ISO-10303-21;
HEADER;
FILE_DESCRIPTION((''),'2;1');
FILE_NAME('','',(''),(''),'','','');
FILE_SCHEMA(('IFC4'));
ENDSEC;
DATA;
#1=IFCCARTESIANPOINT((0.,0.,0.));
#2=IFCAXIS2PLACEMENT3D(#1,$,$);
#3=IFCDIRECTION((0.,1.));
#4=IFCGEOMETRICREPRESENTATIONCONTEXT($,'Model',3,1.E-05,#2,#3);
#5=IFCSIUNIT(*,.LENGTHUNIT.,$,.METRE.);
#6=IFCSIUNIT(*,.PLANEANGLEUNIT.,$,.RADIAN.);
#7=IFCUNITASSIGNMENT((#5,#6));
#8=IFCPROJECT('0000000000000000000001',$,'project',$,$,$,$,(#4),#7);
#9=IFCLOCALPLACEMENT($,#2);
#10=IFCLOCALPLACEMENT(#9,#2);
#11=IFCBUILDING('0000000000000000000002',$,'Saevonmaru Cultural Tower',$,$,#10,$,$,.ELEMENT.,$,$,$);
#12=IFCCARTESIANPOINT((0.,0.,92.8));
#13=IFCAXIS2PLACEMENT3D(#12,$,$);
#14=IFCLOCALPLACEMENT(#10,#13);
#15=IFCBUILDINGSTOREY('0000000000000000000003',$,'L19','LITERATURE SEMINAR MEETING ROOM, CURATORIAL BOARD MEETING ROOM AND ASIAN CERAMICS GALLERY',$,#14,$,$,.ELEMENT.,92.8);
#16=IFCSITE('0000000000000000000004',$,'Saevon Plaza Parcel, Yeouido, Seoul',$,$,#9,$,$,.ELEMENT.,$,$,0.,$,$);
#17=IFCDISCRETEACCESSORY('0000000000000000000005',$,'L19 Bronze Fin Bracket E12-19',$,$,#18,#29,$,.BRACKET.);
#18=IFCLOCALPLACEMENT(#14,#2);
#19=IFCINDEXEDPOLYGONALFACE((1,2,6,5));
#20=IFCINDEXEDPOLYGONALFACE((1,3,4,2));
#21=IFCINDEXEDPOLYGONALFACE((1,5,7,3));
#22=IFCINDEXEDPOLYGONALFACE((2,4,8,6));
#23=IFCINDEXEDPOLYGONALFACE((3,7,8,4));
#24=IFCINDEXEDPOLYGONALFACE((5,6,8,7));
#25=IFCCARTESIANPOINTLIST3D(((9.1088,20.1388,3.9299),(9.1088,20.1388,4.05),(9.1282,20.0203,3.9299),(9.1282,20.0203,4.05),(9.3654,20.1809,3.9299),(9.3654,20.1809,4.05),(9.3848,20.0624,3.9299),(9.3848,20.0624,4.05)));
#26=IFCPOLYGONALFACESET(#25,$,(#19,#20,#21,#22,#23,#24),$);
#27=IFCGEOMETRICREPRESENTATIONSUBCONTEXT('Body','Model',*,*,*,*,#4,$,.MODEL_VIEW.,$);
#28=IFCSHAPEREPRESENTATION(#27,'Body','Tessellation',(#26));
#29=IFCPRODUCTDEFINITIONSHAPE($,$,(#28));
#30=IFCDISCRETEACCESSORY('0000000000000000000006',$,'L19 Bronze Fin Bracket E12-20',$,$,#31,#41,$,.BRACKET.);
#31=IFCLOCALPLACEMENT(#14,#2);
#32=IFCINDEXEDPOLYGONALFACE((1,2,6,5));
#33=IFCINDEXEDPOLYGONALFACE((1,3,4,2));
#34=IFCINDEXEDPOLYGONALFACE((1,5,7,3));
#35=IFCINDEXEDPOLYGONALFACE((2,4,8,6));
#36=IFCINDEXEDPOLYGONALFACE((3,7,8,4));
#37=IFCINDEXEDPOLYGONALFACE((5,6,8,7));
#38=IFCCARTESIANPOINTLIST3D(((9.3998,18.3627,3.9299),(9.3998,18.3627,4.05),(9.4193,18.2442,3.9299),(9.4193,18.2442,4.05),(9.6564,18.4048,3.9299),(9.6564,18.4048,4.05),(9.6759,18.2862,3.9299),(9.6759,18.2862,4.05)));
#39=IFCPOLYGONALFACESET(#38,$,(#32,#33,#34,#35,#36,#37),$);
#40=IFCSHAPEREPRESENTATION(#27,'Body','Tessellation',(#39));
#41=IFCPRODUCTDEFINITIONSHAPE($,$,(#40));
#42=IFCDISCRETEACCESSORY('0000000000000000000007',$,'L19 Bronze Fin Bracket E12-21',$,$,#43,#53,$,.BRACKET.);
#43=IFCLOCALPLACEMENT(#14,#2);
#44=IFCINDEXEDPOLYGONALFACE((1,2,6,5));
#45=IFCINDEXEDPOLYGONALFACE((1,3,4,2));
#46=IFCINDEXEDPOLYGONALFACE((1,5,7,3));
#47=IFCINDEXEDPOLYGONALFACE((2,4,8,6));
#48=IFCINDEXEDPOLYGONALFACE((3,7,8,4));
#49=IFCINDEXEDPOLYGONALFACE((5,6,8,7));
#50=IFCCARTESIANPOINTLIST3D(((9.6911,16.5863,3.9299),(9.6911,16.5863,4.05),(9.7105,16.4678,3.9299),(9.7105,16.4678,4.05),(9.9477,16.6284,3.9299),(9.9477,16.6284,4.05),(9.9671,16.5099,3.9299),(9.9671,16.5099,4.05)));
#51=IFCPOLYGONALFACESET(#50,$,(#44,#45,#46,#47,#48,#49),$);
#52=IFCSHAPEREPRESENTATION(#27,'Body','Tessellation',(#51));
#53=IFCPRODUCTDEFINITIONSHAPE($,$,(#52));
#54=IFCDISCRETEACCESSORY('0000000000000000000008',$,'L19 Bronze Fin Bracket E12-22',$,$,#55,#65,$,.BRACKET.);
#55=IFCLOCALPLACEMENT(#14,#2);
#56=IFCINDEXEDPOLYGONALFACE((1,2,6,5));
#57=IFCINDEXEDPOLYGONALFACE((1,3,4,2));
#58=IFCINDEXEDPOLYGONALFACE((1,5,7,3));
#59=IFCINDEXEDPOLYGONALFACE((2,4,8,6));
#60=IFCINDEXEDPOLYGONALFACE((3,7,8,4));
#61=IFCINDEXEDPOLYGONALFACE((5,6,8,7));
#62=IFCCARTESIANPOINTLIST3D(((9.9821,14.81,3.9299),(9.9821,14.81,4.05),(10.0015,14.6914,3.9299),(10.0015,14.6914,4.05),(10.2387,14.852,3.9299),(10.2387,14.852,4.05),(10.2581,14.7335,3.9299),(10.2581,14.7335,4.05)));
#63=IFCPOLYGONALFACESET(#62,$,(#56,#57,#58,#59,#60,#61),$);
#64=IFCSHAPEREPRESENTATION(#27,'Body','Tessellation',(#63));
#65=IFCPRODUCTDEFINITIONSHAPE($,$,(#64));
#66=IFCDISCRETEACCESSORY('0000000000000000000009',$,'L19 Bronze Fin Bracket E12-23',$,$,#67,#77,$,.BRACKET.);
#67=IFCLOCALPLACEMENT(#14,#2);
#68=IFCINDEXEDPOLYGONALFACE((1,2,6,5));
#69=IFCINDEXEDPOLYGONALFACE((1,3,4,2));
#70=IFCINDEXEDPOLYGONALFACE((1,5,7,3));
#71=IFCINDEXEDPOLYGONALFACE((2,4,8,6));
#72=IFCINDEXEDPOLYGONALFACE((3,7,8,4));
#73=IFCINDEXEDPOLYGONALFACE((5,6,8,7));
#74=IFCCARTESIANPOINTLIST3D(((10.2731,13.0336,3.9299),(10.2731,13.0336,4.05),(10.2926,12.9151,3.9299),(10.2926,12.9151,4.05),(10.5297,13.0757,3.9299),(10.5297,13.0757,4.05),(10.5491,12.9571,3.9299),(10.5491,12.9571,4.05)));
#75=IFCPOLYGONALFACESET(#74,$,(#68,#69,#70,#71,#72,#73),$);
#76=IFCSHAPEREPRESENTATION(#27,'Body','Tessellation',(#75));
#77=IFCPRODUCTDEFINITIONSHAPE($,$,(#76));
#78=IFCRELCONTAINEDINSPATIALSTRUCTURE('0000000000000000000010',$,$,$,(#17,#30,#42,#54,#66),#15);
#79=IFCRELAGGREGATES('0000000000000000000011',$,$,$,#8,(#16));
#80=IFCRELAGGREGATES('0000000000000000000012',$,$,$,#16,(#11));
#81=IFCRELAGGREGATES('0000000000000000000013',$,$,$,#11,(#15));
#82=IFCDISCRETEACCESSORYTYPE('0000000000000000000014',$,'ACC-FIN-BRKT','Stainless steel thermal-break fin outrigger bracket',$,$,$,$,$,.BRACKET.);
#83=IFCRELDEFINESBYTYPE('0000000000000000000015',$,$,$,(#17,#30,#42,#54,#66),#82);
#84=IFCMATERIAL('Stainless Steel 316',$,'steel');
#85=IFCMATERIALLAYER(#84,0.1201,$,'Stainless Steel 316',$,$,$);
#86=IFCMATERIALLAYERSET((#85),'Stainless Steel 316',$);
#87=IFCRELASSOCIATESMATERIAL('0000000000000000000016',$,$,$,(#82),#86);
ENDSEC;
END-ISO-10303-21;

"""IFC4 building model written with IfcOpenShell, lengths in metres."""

from ifc_helpers import new_model, si_unit, direction, frame, origin, origin_2d, place, context, subcontext, project, spatial, rectangle, extrude, material, layer, layer_set, type_object, element, save


model = new_model("IFC4")

# Units and contexts
model_context = context("Model", 3, precision=1e-05, world=origin(), true_north=direction((0.0, 1.0)))
body_context = subcontext(model_context, "Body", "Model", "MODEL_VIEW")
ifc_project = project(units=[si_unit("LENGTHUNIT", "METRE"), si_unit("PLANEANGLEUNIT", "RADIAN")], contexts=[model_context])

# Site, building, storey
site_placement = place(None, origin())
site = spatial("IfcSite", under=ifc_project, at=site_placement, Name="Saevon Plaza Parcel, Yeouido, Seoul", CompositionType="ELEMENT", RefElevation=0.0)
building_placement = place(site_placement, origin())
building = spatial("IfcBuilding", under=site, at=building_placement, Name="Saevonmaru Cultural Tower", CompositionType="ELEMENT")
storey_placement = place(building_placement, frame((0.0, 0.0, 92.8)))
storey = spatial("IfcBuildingStorey", under=building, at=storey_placement, Name="L19", Description="LITERATURE SEMINAR MEETING ROOM, CURATORIAL BOARD MEETING ROOM AND ASIAN CERAMICS GALLERY", CompositionType="ELEMENT", Elevation=92.8)

# Discrete accessories
ifc_material_1 = material(Name="Stainless Steel 316", Category="steel")
ifc_layer_1 = layer(ifc_material_1, 0.1201, Name="Stainless Steel 316")
ifc_layer_set_1 = layer_set([ifc_layer_1], Name="Stainless Steel 316")
discrete_accessory_type = type_object("IfcDiscreteAccessoryType", Name="ACC-FIN-BRKT", Description="Stainless steel thermal-break fin outrigger bracket", PredefinedType="BRACKET", material=ifc_layer_set_1)
for number, where, z_axis, x_axis, name in (
    (1, (9.2468, 20.1006, 3.9299), (0.0, 0.0, 1.0), (-0.986827, -0.161776, 0.0), "L19 Bronze Fin Bracket E12-19"),
    (2, (9.5378, 18.3245, 3.9299), (0.0, 0.0, 1.0), (-0.986827, -0.161776, 0.0), "L19 Bronze Fin Bracket E12-20"),
    (3, (9.8291, 16.5481, 3.9299), (0.0, 0.0, 1.0), (-0.986827, -0.161776, 0.0), "L19 Bronze Fin Bracket E12-21"),
    (4, (10.1201, 14.7717, 3.9299), (0.0, 0.0, 1.0), (-0.986827, -0.161776, 0.0), "L19 Bronze Fin Bracket E12-22"),
    (5, (10.4111, 12.9954, 3.9299), (0.0, 0.0, 1.0), (-0.986827, -0.161776, 0.0), "L19 Bronze Fin Bracket E12-23"),
):
    element("IfcDiscreteAccessory", number, at=place(storey_placement, frame(where, z_axis=z_axis, x_axis=x_axis)), inside=storey, type_object=discrete_accessory_type, Name=name, PredefinedType="BRACKET", context=body_context, shape_type="SweptSolid", body=[
        extrude(rectangle(XDim=0.26, YDim=0.1201, at=origin_2d()), origin(), (0.0, 0.0, 1.0), 0.1201),
    ])

save(model, "model.ifc")
